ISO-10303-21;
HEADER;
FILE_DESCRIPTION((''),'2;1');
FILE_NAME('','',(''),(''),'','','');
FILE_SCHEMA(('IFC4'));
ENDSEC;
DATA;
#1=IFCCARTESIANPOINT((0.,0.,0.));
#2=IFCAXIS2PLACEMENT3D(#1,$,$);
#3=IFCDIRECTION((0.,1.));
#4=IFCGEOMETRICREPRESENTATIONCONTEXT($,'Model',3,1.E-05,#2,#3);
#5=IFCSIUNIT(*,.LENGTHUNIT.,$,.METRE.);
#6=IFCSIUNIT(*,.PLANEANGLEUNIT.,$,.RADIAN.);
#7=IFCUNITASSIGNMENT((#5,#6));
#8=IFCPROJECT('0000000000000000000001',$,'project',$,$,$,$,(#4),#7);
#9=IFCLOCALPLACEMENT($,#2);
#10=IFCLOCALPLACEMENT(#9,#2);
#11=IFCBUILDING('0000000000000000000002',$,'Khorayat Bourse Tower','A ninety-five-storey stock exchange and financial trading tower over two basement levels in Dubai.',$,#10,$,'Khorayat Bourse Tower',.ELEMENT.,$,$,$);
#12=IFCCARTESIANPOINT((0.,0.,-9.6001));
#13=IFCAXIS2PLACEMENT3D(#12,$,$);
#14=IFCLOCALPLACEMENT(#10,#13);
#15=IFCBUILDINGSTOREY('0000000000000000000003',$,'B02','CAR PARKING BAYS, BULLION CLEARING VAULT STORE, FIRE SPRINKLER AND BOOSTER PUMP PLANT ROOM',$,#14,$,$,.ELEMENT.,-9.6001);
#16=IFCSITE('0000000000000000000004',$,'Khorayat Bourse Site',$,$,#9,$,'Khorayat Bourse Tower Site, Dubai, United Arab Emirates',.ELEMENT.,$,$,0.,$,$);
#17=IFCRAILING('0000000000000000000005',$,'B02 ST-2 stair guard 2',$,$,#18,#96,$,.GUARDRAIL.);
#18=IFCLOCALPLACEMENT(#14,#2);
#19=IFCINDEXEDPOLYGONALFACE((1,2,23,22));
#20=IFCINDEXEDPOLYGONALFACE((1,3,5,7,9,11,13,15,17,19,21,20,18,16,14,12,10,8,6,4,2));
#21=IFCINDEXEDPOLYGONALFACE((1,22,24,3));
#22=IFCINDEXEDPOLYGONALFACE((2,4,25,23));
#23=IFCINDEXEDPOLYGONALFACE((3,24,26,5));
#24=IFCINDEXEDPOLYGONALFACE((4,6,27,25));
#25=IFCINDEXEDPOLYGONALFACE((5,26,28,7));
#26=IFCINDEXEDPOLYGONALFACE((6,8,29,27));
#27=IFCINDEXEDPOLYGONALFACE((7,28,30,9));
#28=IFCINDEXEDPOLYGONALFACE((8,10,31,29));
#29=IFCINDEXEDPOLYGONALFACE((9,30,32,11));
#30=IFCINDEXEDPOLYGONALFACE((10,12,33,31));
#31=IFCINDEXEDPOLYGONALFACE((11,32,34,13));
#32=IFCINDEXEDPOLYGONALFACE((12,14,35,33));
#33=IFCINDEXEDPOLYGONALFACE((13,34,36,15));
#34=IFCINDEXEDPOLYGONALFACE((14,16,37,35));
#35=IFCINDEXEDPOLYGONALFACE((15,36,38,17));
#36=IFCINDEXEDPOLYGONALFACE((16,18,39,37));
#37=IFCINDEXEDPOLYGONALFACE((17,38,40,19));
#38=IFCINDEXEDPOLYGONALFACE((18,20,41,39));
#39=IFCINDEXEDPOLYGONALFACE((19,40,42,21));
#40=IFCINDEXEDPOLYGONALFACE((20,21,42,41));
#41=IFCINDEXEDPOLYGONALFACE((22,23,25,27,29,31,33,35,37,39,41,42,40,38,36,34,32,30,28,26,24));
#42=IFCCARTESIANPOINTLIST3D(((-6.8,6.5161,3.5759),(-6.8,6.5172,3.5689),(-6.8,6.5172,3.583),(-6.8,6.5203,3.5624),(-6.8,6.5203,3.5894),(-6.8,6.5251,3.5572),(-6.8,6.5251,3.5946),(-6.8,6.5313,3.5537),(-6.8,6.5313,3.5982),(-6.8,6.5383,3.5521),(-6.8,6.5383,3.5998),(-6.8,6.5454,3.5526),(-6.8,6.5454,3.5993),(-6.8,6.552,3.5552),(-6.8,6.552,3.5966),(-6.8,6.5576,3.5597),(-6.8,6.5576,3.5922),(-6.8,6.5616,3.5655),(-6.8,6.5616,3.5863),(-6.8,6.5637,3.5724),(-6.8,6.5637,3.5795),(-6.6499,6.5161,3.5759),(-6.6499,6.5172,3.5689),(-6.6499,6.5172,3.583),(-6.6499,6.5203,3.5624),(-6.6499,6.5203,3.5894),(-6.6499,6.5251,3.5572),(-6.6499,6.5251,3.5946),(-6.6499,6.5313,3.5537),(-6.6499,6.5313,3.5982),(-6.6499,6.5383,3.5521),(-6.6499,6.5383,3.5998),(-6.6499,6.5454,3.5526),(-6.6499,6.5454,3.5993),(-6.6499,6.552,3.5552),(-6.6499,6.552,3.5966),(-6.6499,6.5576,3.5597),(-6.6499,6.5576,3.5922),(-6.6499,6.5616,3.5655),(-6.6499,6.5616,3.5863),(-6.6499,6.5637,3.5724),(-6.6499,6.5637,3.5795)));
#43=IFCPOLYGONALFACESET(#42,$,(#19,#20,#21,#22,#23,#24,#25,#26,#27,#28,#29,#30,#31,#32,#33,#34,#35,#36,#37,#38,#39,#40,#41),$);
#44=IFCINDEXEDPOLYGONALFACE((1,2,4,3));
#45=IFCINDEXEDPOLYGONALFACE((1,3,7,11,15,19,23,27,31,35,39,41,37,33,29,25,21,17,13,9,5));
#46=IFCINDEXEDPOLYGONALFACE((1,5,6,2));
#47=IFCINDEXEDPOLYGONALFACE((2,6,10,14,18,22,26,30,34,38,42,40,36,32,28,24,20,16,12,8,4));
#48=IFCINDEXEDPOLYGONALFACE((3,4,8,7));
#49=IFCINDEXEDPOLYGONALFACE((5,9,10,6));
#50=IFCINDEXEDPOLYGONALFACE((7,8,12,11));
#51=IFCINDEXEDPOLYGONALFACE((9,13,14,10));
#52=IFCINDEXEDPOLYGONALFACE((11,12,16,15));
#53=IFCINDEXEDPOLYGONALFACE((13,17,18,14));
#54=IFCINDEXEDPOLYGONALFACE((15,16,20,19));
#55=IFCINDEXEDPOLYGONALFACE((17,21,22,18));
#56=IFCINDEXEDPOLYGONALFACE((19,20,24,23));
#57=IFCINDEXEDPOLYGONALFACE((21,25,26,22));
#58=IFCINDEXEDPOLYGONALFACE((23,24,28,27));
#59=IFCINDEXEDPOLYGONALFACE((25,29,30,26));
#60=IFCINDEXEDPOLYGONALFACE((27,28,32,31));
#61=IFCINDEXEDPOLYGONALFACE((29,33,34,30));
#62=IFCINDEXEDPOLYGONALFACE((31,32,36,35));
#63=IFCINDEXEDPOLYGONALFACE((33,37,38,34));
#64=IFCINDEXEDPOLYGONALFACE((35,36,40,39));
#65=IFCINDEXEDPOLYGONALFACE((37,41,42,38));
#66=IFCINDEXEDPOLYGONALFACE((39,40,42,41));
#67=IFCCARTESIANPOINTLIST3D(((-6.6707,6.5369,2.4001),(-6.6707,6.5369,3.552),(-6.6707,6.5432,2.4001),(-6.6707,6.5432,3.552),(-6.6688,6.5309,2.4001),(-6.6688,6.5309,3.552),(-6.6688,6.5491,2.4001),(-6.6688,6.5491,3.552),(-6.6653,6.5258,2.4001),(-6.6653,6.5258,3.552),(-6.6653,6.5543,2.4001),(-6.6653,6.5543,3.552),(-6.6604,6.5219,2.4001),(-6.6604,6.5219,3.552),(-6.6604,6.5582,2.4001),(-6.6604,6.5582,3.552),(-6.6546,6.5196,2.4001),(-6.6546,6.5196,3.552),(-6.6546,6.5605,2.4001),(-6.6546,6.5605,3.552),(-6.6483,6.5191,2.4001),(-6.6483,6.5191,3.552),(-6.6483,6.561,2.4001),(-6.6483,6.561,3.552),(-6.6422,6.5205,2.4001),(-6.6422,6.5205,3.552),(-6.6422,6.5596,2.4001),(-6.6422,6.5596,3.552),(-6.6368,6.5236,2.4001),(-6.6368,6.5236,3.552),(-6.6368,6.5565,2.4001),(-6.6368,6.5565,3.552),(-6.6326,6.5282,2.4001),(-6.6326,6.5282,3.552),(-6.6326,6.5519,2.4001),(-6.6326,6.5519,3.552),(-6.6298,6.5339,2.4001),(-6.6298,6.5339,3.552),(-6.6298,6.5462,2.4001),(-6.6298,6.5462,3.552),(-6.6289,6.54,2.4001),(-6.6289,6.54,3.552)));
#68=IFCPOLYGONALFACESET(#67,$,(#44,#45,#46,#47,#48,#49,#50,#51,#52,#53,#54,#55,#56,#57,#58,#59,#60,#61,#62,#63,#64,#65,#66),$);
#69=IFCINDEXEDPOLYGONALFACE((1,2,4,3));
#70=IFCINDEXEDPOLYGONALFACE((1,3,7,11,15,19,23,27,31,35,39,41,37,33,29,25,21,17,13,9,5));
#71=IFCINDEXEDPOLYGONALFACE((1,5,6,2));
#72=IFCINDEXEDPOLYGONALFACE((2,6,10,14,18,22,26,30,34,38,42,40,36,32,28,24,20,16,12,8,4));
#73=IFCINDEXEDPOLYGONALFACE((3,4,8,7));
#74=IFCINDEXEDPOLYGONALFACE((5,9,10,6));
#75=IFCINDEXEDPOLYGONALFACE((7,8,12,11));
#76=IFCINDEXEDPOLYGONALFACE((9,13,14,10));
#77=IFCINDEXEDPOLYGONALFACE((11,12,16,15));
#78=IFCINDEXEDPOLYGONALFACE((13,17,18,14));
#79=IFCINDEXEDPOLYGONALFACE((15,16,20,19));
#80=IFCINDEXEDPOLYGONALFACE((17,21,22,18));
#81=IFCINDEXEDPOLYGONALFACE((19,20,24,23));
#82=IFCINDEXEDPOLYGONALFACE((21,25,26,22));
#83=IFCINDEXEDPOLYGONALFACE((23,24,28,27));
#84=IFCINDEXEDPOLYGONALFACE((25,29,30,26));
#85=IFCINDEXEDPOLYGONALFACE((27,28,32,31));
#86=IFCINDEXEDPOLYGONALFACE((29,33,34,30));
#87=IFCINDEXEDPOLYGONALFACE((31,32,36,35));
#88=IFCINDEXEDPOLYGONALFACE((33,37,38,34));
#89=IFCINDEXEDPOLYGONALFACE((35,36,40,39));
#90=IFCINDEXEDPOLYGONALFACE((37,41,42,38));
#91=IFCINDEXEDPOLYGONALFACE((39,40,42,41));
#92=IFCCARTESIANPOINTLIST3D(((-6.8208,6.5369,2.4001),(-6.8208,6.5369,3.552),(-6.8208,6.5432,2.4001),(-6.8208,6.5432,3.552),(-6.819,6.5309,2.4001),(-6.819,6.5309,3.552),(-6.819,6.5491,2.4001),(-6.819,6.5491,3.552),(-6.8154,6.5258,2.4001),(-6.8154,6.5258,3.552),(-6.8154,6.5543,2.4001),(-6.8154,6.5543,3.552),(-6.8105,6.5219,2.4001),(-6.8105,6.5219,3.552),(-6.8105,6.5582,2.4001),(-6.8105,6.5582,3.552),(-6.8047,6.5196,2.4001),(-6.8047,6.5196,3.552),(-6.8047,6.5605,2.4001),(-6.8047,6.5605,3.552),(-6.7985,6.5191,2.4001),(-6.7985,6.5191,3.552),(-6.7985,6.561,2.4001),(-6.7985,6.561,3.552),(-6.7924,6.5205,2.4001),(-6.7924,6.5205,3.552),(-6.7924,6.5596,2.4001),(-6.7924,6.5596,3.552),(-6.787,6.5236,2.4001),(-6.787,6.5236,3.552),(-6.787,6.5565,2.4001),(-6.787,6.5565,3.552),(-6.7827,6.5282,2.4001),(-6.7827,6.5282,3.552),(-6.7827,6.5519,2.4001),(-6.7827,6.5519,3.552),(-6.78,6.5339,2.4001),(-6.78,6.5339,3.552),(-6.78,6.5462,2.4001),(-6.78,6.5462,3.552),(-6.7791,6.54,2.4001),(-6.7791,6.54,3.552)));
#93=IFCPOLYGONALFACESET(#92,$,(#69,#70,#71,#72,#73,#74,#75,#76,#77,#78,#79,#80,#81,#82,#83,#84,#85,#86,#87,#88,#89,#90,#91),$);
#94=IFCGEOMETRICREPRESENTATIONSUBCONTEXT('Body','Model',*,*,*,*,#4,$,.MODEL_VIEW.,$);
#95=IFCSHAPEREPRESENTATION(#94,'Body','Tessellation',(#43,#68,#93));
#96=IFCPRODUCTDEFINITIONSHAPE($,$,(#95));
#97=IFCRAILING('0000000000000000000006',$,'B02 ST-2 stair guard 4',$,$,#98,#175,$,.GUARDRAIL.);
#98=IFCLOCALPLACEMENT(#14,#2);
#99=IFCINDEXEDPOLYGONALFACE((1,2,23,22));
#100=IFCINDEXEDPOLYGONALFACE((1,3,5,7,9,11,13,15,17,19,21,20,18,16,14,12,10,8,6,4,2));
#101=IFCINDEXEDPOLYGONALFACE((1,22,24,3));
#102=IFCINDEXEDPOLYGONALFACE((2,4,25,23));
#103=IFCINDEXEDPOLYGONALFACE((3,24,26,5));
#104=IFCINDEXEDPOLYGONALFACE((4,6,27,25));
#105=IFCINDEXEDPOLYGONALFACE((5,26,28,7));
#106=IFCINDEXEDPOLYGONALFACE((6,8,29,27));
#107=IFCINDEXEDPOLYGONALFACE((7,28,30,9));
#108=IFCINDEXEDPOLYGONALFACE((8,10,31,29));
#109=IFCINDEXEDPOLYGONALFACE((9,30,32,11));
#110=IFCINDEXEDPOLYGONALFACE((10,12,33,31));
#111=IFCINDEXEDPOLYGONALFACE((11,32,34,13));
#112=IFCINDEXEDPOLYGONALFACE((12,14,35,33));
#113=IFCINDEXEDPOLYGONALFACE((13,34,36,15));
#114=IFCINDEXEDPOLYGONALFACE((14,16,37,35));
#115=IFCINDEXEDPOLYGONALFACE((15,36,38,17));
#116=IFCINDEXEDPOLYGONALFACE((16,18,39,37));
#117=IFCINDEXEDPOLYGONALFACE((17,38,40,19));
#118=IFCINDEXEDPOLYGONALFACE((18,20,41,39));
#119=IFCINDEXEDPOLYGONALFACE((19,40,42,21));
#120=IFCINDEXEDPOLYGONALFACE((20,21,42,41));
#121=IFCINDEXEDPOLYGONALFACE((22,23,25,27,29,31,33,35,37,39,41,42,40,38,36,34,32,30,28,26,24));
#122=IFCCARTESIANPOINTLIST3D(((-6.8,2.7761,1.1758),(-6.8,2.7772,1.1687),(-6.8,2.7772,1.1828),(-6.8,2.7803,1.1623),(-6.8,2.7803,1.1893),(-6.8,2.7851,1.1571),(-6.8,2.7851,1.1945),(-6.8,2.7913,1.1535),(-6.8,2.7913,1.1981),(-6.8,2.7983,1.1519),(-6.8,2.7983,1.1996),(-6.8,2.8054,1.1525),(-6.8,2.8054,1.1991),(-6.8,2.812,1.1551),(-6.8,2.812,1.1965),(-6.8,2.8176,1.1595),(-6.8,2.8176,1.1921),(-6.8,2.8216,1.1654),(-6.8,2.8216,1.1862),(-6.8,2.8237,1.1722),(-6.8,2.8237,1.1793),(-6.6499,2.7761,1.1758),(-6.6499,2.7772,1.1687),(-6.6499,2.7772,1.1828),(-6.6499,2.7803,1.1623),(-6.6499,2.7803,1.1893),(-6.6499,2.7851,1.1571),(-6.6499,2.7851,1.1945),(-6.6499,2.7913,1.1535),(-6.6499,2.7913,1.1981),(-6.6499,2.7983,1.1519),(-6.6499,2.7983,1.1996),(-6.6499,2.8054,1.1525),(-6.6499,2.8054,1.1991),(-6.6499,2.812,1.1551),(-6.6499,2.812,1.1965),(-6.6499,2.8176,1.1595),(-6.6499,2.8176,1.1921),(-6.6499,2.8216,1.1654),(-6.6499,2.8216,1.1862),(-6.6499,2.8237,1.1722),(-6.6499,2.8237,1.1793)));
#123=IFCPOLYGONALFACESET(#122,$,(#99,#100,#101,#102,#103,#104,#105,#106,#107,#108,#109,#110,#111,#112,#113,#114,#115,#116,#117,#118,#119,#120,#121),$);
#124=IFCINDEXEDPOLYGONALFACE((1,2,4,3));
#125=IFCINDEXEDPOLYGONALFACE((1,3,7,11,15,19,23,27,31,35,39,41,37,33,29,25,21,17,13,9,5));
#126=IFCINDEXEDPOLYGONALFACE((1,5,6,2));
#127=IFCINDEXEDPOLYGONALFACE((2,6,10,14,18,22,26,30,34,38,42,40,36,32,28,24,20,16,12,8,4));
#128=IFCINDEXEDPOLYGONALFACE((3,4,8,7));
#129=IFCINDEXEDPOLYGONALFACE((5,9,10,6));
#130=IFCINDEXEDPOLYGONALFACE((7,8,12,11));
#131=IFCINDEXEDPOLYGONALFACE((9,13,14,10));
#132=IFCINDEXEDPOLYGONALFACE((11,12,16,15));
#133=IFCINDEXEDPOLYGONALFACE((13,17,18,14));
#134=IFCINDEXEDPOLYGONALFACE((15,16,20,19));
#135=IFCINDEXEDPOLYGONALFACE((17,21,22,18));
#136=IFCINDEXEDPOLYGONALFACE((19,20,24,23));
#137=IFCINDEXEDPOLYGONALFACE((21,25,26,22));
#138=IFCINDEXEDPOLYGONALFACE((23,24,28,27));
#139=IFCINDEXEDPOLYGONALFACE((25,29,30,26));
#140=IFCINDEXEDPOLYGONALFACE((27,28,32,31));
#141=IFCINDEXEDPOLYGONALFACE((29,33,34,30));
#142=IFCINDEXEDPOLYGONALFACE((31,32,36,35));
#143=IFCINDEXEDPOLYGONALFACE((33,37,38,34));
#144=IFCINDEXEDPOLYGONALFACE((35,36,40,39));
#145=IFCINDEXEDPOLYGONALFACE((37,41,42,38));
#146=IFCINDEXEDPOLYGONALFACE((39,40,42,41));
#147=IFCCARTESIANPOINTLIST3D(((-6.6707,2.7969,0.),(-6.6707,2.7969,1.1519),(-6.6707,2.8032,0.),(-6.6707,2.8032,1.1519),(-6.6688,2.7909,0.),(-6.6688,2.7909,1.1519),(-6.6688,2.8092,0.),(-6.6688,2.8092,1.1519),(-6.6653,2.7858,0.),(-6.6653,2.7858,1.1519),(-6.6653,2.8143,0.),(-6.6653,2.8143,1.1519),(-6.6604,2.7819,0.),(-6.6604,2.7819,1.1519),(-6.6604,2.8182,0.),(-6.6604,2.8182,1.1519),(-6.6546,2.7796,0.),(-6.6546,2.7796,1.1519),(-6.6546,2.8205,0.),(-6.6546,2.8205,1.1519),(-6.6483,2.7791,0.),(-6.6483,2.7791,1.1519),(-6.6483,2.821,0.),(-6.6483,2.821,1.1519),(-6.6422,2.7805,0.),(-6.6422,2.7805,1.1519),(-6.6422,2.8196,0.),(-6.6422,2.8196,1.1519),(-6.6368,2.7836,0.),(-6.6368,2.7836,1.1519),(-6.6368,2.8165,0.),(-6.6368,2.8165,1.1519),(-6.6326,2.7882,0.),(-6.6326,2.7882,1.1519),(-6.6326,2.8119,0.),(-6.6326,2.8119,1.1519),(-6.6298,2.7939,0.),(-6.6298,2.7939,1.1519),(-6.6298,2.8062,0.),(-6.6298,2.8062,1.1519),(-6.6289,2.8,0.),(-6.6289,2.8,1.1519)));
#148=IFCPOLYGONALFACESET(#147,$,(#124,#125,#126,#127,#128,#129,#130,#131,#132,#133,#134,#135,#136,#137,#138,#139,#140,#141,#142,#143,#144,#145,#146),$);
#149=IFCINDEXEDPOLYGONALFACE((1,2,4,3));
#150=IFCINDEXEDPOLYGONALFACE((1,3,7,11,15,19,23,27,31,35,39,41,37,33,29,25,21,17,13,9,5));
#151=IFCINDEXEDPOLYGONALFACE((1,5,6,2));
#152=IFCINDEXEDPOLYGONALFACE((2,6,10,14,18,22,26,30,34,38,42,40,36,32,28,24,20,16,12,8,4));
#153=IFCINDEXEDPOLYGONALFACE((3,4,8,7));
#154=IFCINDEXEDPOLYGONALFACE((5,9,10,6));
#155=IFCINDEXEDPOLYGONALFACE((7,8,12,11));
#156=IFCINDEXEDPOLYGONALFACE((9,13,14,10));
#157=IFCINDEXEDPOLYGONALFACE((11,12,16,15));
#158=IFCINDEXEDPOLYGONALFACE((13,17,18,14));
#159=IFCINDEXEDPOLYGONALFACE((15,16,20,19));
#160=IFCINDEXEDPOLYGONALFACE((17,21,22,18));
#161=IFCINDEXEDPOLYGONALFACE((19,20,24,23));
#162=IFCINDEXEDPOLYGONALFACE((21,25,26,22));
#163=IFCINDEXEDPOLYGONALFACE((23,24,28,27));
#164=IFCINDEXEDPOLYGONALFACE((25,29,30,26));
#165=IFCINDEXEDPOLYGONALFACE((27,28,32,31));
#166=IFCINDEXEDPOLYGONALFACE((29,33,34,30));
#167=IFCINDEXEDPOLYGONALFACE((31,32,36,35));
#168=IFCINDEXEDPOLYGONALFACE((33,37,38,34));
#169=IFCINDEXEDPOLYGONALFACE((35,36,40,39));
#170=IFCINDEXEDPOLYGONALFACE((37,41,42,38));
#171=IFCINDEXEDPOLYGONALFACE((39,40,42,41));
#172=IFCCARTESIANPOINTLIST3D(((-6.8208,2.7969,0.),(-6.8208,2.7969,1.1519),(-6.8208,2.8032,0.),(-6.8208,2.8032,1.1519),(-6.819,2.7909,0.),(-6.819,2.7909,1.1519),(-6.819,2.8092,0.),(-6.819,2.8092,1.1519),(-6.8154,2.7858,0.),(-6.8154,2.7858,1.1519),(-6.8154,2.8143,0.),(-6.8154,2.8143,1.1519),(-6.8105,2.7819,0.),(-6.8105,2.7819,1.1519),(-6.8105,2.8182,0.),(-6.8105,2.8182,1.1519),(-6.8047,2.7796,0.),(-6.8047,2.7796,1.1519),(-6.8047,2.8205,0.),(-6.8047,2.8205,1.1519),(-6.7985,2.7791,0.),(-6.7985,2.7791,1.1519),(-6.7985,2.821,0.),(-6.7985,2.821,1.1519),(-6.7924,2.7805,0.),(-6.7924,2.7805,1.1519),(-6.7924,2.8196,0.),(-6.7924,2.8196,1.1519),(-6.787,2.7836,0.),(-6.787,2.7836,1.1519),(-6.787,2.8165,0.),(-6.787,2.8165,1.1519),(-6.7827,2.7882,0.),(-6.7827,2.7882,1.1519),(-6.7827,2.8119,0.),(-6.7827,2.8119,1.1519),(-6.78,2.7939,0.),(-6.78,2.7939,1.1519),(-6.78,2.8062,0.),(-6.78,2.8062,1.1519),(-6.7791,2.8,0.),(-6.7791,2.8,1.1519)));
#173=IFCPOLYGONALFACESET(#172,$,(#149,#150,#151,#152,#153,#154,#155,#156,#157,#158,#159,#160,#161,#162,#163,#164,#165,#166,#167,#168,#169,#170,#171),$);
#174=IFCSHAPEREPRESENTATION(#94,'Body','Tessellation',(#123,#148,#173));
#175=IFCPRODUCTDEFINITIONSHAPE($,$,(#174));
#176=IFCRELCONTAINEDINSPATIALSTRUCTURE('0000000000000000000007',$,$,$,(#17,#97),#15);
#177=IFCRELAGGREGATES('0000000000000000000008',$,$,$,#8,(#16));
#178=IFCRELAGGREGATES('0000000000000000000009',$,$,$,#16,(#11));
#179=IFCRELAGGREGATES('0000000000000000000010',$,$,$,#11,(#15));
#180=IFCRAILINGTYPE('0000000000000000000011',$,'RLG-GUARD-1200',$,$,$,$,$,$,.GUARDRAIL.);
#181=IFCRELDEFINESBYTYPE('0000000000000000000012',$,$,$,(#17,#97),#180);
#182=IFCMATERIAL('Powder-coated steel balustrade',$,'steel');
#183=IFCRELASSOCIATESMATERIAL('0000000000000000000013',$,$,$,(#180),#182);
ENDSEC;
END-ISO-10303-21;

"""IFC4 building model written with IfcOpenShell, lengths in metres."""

from ifc_helpers import new_model, si_unit, direction, frame, origin, origin_2d, place, context, subcontext, project, spatial, circle, extrude, source, transform, mapped, material, type_object, element, save


model = new_model("IFC4")

# Units and contexts
model_context = context("Model", 3, precision=1e-05, world=origin(), true_north=direction((0.0, 1.0)))
body_context = subcontext(model_context, "Body", "Model", "MODEL_VIEW")
ifc_project = project(units=[si_unit("LENGTHUNIT", "METRE"), si_unit("PLANEANGLEUNIT", "RADIAN")], contexts=[model_context])

# Site, building, storey
site_placement = place(None, origin())
site = spatial("IfcSite", under=ifc_project, at=site_placement, Name="Khorayat Bourse Site", LongName="Khorayat Bourse Tower Site, Dubai, United Arab Emirates", CompositionType="ELEMENT", RefElevation=0.0)
building_placement = place(site_placement, origin())
building = spatial("IfcBuilding", under=site, at=building_placement, Name="Khorayat Bourse Tower", Description="A ninety-five-storey stock exchange and financial trading tower over two basement levels in Dubai.", LongName="Khorayat Bourse Tower", CompositionType="ELEMENT")
storey_placement = place(building_placement, frame((0.0, 0.0, -9.6001)))
storey = spatial("IfcBuildingStorey", under=building, at=storey_placement, Name="B02", Description="CAR PARKING BAYS, BULLION CLEARING VAULT STORE, FIRE SPRINKLER AND BOOSTER PUMP PLANT ROOM", CompositionType="ELEMENT", Elevation=-9.6001)

# Railings
ifc_material_1 = material(Name="Powder-coated steel balustrade", Category="steel")
railing_type_1 = type_object("IfcRailingType", Name="RLG-GUARD-1200", PredefinedType="GUARDRAIL", material=ifc_material_1)
shared_shape_1 = source(origin(), body_context, "Body", "SweptSolid", [
    extrude(circle(Radius=0.0239, at=origin_2d()), frame((0.0, 0.0, 1.1758), z_axis=(-1.0, 0.0, 0.0), x_axis=(0.0, -1.0, 0.0)), (0.0, 0.0, 1.0), 0.1501),
    extrude(circle(Radius=0.021, at=origin_2d()), origin(), (0.0, 0.0, 1.0), 1.1519),
    extrude(circle(Radius=0.021, at=origin_2d()), frame((-0.1501, 0.0, 0.0)), (0.0, 0.0, 1.0), 1.1519),
])
for number, where, name in (
    (1, (-6.6499, 6.54, 2.4001), "B02 ST-2 stair guard 2"),
    (2, (-6.6499, 2.8, 0.0), "B02 ST-2 stair guard 4"),
):
    element("IfcRailing", number, at=place(storey_placement, frame(where)), inside=storey, type_object=railing_type_1, Name=name, PredefinedType="GUARDRAIL", context=body_context, shape_type="MappedRepresentation", body=[
        mapped(shared_shape_1, transform((0.0, 0.0, 0.0), scale=1.0)),
    ])

save(model, "model.ifc")
